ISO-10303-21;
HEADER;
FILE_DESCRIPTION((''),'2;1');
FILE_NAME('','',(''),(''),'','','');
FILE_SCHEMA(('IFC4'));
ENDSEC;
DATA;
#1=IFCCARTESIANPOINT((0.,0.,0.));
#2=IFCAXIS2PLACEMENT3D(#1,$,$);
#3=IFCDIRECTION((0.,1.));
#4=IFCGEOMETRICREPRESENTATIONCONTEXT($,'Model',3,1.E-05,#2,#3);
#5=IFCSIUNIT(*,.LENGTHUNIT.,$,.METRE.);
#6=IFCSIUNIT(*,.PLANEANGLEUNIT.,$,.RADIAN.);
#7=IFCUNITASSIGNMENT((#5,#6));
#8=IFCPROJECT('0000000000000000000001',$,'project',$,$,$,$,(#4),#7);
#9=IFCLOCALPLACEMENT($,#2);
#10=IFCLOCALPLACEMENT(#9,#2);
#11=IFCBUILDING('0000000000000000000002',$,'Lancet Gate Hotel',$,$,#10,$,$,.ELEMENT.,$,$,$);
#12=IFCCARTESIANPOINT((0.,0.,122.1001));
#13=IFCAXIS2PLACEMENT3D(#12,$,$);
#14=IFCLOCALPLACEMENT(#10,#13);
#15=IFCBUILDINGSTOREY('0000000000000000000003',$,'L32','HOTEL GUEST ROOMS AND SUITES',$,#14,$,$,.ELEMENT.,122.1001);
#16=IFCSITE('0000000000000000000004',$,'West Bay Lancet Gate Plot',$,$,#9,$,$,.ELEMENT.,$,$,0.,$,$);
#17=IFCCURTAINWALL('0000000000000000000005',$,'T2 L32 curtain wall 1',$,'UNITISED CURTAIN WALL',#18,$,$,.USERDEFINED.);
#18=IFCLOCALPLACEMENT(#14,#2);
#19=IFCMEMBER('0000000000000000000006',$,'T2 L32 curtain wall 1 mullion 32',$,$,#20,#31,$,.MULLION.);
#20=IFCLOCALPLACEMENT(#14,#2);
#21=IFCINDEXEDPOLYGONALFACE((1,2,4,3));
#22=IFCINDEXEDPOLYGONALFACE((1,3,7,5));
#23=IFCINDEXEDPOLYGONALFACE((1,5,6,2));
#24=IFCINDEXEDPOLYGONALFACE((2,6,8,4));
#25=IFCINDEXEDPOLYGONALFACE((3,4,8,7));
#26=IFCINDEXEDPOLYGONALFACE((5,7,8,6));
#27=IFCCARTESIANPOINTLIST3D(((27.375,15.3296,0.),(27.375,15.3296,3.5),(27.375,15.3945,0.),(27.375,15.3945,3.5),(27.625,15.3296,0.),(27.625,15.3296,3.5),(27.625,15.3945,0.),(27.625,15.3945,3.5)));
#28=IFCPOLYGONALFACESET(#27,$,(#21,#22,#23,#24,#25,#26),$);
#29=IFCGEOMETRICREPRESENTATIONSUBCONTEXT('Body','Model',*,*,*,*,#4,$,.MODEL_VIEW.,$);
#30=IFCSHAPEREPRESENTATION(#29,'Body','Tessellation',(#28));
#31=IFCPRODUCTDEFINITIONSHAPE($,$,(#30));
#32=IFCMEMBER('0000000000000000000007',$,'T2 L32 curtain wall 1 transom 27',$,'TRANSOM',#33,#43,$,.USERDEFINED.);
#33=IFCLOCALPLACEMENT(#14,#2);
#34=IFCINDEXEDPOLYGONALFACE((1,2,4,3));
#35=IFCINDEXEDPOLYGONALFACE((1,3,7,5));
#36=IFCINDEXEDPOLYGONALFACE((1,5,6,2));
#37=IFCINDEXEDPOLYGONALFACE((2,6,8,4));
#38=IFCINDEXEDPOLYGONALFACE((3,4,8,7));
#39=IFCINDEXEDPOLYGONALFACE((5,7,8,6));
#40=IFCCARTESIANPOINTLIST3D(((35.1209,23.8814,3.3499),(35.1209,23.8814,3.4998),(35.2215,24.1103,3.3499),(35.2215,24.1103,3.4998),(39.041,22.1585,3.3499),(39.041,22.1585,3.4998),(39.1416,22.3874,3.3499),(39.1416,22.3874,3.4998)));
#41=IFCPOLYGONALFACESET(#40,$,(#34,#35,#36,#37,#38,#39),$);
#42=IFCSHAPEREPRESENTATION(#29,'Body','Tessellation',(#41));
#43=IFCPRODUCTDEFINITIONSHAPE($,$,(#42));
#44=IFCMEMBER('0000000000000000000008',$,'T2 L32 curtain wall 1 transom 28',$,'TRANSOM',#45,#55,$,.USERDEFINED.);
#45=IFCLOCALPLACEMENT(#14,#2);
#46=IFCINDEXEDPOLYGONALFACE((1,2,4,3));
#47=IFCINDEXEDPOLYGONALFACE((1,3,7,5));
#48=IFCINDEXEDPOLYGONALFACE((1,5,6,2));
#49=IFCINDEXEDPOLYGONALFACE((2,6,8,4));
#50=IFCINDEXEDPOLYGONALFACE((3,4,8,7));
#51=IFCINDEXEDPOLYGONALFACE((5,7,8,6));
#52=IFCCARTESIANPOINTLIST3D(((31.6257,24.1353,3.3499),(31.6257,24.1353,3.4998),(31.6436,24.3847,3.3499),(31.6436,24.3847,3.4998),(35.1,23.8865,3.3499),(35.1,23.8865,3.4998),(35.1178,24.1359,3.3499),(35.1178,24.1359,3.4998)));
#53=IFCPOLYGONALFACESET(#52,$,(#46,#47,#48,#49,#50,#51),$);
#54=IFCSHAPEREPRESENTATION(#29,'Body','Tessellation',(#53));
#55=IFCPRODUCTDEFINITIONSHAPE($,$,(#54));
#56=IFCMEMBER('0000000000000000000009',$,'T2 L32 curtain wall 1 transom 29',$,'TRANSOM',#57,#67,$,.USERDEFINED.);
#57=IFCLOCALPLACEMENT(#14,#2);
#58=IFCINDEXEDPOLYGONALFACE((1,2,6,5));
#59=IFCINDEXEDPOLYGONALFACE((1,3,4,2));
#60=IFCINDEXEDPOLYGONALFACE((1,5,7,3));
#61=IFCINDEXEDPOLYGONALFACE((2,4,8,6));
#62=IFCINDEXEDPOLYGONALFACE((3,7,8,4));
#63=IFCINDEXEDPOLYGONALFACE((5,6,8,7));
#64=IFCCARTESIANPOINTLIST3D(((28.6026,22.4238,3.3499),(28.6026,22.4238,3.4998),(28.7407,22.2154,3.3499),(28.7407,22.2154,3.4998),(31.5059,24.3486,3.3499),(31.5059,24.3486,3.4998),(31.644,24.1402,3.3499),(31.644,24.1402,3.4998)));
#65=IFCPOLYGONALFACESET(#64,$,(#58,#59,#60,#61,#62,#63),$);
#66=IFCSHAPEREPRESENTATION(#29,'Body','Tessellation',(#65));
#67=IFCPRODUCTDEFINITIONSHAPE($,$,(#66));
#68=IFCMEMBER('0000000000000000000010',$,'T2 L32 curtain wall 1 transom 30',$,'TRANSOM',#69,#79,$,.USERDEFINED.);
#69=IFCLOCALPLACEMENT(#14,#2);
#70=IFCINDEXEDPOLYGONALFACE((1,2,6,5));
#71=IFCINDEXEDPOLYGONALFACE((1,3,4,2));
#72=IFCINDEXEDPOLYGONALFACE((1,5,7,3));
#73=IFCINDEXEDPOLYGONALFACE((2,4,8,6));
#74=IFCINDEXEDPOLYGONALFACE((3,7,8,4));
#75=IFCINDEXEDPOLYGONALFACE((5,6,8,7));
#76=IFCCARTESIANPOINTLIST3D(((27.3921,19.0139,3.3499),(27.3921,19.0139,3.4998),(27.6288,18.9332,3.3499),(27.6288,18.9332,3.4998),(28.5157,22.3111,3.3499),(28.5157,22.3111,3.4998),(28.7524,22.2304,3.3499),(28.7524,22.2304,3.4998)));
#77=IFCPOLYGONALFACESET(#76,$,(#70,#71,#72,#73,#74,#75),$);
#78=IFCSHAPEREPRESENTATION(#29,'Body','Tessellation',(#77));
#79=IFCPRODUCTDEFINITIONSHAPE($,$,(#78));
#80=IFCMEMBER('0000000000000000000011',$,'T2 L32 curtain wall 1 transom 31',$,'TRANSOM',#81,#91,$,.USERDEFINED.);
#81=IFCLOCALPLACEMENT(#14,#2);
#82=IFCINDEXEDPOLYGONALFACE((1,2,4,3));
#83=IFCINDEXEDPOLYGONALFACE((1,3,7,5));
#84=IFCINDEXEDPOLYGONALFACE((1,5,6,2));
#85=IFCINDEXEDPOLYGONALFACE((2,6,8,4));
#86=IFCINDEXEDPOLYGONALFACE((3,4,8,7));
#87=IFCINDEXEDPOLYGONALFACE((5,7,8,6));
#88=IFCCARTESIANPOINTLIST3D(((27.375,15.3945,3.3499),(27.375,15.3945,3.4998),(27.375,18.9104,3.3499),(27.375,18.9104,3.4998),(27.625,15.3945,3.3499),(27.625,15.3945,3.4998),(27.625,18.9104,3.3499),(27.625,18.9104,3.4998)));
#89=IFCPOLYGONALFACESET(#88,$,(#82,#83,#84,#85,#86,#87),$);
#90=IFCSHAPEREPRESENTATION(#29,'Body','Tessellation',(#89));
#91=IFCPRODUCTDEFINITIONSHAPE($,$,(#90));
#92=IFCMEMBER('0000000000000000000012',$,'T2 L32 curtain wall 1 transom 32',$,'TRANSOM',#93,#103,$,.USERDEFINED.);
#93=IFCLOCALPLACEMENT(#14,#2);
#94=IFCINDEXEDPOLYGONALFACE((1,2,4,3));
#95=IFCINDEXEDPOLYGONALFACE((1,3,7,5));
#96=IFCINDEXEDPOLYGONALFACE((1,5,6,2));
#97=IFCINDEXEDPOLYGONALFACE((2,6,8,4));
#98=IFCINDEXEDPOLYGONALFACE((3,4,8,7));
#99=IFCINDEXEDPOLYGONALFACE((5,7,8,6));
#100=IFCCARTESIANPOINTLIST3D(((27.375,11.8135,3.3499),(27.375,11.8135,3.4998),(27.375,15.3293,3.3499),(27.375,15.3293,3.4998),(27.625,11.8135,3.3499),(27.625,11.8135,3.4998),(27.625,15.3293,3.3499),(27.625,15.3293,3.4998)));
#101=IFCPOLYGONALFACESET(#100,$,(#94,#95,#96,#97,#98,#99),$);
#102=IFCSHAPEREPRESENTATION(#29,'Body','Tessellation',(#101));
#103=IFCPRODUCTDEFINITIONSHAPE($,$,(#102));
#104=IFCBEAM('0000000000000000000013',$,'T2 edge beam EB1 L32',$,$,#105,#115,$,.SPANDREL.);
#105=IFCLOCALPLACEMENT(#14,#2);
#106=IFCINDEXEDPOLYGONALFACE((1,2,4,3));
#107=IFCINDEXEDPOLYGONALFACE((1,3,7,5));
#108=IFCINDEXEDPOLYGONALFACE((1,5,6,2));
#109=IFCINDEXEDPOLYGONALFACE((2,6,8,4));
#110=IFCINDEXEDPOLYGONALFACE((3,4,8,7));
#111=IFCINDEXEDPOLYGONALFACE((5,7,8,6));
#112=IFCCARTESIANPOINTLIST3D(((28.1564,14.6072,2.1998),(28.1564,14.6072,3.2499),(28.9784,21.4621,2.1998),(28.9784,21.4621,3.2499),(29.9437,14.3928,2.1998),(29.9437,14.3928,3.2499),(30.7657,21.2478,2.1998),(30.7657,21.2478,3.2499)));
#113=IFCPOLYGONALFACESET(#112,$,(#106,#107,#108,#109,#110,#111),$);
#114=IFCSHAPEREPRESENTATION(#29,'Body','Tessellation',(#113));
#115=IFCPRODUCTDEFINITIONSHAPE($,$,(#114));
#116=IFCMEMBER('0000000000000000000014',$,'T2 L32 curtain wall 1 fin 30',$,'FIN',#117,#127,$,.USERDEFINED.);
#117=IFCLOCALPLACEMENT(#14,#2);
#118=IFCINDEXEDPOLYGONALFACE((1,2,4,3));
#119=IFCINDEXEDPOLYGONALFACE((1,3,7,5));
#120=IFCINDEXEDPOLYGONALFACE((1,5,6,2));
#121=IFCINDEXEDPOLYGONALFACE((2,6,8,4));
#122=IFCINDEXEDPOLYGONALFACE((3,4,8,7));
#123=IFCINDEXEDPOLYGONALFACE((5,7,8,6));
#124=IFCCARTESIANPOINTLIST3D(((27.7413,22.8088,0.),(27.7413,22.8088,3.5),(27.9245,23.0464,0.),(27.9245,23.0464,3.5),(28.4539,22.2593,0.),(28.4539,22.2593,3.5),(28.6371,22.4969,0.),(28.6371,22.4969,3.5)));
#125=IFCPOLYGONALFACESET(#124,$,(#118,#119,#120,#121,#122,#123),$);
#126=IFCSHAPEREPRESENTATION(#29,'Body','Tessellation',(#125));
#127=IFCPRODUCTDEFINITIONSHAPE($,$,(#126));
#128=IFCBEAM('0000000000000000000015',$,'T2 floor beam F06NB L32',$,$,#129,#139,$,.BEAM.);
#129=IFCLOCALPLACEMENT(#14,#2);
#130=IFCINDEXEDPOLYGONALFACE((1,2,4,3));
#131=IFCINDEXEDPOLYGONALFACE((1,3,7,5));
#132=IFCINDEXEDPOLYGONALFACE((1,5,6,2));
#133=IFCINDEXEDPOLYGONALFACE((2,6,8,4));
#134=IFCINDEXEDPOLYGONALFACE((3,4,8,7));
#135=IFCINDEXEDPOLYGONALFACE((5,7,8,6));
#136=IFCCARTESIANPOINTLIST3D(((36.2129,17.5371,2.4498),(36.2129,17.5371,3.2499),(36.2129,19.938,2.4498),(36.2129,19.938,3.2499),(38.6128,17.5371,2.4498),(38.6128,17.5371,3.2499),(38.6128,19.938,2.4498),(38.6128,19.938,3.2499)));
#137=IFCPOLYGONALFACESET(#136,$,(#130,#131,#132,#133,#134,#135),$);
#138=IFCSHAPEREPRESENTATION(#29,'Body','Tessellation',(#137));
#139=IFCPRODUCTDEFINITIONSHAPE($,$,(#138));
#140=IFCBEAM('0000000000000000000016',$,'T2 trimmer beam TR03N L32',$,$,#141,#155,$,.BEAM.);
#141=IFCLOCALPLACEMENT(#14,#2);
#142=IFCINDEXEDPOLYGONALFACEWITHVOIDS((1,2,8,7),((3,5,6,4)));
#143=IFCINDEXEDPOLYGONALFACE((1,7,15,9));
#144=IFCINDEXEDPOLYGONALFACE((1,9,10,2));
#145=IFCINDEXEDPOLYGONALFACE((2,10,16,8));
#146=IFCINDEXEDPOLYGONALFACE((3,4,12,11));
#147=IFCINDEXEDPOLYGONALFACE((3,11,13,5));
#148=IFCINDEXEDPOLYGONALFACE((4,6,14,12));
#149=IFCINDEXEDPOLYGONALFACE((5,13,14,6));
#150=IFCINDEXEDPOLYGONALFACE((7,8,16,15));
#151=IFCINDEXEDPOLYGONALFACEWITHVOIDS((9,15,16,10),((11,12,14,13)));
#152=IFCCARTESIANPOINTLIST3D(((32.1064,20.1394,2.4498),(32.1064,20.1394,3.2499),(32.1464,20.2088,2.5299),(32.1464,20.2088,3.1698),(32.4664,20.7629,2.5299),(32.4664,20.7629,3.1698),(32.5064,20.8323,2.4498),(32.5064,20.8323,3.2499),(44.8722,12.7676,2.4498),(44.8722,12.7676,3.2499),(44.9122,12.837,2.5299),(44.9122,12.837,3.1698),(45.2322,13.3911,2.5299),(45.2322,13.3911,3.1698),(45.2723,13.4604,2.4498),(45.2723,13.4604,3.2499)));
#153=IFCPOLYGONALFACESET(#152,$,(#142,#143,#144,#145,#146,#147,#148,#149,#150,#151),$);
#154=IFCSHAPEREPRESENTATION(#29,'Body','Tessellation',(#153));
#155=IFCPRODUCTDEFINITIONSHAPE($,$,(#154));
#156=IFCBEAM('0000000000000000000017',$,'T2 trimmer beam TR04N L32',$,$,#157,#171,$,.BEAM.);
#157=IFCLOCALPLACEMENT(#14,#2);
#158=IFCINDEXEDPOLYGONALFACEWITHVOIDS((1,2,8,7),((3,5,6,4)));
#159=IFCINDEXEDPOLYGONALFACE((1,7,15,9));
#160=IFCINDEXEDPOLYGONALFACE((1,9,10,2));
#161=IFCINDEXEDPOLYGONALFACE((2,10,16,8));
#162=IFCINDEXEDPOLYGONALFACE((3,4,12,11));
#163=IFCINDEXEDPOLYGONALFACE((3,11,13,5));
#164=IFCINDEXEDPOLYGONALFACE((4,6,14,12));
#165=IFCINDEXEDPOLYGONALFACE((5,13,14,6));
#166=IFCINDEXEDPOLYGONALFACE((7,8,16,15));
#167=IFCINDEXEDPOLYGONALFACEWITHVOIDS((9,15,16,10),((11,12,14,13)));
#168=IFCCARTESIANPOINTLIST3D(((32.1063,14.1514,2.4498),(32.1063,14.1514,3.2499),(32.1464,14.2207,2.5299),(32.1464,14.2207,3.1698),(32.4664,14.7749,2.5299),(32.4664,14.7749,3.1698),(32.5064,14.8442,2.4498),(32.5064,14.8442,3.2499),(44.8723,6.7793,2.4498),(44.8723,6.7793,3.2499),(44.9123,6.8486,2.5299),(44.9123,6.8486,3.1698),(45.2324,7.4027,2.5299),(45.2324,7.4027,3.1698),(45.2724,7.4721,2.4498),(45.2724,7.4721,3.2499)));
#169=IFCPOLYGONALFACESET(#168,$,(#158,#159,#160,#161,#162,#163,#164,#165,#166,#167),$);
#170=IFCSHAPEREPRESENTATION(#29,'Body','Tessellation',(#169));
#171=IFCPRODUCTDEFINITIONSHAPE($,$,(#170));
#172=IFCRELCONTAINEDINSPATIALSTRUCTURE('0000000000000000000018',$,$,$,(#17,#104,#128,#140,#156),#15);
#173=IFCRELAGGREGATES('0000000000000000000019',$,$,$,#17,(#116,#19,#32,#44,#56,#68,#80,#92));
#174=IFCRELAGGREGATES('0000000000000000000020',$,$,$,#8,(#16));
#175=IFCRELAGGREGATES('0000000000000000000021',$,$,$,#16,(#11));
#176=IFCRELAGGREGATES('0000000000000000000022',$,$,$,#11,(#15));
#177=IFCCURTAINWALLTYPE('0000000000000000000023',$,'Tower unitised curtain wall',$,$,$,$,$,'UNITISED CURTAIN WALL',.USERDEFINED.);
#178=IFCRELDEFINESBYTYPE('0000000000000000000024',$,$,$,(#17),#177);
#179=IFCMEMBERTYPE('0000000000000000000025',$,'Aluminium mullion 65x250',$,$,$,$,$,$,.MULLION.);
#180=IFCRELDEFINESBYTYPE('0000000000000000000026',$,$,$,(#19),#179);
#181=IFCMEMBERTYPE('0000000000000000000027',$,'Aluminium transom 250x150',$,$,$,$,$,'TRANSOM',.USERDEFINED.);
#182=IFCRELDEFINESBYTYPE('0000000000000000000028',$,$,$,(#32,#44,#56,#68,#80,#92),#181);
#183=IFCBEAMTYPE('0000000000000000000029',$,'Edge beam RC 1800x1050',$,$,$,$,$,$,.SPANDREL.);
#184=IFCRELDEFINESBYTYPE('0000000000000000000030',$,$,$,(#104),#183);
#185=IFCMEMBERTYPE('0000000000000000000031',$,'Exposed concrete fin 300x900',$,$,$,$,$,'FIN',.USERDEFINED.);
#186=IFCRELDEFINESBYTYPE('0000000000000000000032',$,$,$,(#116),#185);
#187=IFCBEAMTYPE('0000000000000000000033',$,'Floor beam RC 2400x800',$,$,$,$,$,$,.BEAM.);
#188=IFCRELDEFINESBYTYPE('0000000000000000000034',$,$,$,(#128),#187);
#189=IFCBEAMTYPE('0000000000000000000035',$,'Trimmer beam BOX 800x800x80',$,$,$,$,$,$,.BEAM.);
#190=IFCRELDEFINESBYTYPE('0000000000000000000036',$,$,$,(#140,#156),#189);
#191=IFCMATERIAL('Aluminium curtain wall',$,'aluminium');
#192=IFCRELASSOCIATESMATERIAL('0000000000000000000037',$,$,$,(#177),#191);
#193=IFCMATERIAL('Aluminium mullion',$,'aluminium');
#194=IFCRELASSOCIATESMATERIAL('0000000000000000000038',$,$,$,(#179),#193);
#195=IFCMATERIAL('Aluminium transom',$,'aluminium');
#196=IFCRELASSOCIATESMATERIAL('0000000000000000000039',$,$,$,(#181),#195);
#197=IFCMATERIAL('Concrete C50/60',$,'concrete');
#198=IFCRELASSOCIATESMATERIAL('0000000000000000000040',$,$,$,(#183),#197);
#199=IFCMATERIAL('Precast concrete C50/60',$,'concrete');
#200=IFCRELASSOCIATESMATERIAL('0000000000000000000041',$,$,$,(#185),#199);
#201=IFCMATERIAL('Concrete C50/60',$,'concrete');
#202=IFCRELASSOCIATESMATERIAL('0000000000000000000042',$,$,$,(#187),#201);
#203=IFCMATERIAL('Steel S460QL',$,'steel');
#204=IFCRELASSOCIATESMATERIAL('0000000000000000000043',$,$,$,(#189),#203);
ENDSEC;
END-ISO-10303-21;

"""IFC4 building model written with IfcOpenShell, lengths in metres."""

from ifc_helpers import new_model, si_unit, direction, frame, origin, origin_2d, place, context, subcontext, project, spatial, rectangle, hollow_rectangle, extrude, material, material_profile, profile_set, type_object, element, aggregate, save


model = new_model("IFC4")

# Units and contexts
model_context = context("Model", 3, precision=1e-05, world=origin(), true_north=direction((0.0, 1.0)))
body_context = subcontext(model_context, "Body", "Model", "MODEL_VIEW")
ifc_project = project(units=[si_unit("LENGTHUNIT", "METRE"), si_unit("PLANEANGLEUNIT", "RADIAN")], contexts=[model_context])

# Site, building, storey
site_placement = place(None, origin())
site = spatial("IfcSite", under=ifc_project, at=site_placement, Name="West Bay Lancet Gate Plot", CompositionType="ELEMENT", RefElevation=0.0)
building_placement = place(site_placement, origin())
building = spatial("IfcBuilding", under=site, at=building_placement, Name="Lancet Gate Hotel", CompositionType="ELEMENT")
storey_placement = place(building_placement, frame((0.0, 0.0, 122.1001)))
storey = spatial("IfcBuildingStorey", under=building, at=storey_placement, Name="L32", Description="HOTEL GUEST ROOMS AND SUITES", CompositionType="ELEMENT", Elevation=122.1001)

# Curtain wall, members
ifc_material_1 = material(Name="Aluminium curtain wall", Category="aluminium")
curtain_wall_type = type_object("IfcCurtainWallType", Name="Tower unitised curtain wall", ElementType="UNITISED CURTAIN WALL", PredefinedType="USERDEFINED", material=ifc_material_1)
curtain_wall_placement = place(storey_placement, origin())
curtain_wall = element("IfcCurtainWall", 1, at=curtain_wall_placement, inside=storey, type_object=curtain_wall_type, Name="T2 L32 curtain wall 1", ObjectType="UNITISED CURTAIN WALL", PredefinedType="USERDEFINED")
ifc_material_2 = material(Name="Aluminium mullion", Category="aluminium")
ifc_material_profile_1 = material_profile(ifc_material_2, rectangle(XDim=0.0649, YDim=0.25, at=origin_2d()), Name="MULLION 65x250")
ifc_profile_set_1 = profile_set([ifc_material_profile_1], Name="Aluminium mullion")
member_type_1 = type_object("IfcMemberType", Name="Aluminium mullion 65x250", PredefinedType="MULLION", material=ifc_profile_set_1)
member_1_placement = place(storey_placement, frame((27.5, 15.3621, 0.0), z_axis=(0.0, 0.0, 1.0), x_axis=(0.0, -1.0, 0.0)))
member_1 = element("IfcMember", 2, at=member_1_placement, type_object=member_type_1, Name="T2 L32 curtain wall 1 mullion 32", PredefinedType="MULLION", context=body_context, shape_type="SweptSolid", body=[
    extrude(rectangle(XDim=0.0649, YDim=0.25, at=origin_2d()), origin(), (0.0, 0.0, 1.0), 3.5),
])
ifc_material_3 = material(Name="Aluminium transom", Category="aluminium")
ifc_material_profile_2 = material_profile(ifc_material_3, rectangle(XDim=0.25, YDim=0.1499, at=origin_2d()), Name="TRANSOM 250x150")
ifc_profile_set_2 = profile_set([ifc_material_profile_2], Name="Aluminium transom")
member_type_2 = type_object("IfcMemberType", Name="Aluminium transom 250x150", ElementType="TRANSOM", PredefinedType="USERDEFINED", material=ifc_profile_set_2)
member_2_placement = place(storey_placement, frame((39.0913, 22.2729, 3.4248), z_axis=(-0.915485, 0.402353, 0.0), x_axis=(-0.402353, -0.915485, 0.0)))
member_2 = element("IfcMember", 3, at=member_2_placement, type_object=member_type_2, Name="T2 L32 curtain wall 1 transom 27", ObjectType="TRANSOM", PredefinedType="USERDEFINED", context=body_context, shape_type="SweptSolid", body=[
    extrude(rectangle(XDim=0.25, YDim=0.1499, at=origin_2d()), origin(), (0.0, 0.0, 1.0), 4.282),
])
member_3_placement = place(storey_placement, frame((35.1089, 24.0112, 3.4248), z_axis=(-0.997446, 0.071421, 0.0), x_axis=(-0.071421, -0.997446, 0.0)))
member_3 = element("IfcMember", 4, at=member_3_placement, type_object=member_type_2, Name="T2 L32 curtain wall 1 transom 28", ObjectType="TRANSOM", PredefinedType="USERDEFINED", context=body_context, shape_type="SweptSolid", body=[
    extrude(rectangle(XDim=0.25, YDim=0.1499, at=origin_2d()), origin(), (0.0, 0.0, 1.0), 3.4832),
])
member_4_placement = place(storey_placement, frame((31.575, 24.2444, 3.4248), z_axis=(-0.833471, -0.552563, 0.0), x_axis=(0.552563, -0.833471, 0.0)))
member_4 = element("IfcMember", 5, at=member_4_placement, type_object=member_type_2, Name="T2 L32 curtain wall 1 transom 29", ObjectType="TRANSOM", PredefinedType="USERDEFINED", context=body_context, shape_type="SweptSolid", body=[
    extrude(rectangle(XDim=0.25, YDim=0.1499, at=origin_2d()), origin(), (0.0, 0.0, 1.0), 3.4834),
])
member_5_placement = place(storey_placement, frame((28.634, 22.2708, 3.4248), z_axis=(-0.32255, -0.946553, 0.0), x_axis=(0.946553, -0.32255, 0.0)))
member_5 = element("IfcMember", 6, at=member_5_placement, type_object=member_type_2, Name="T2 L32 curtain wall 1 transom 30", ObjectType="TRANSOM", PredefinedType="USERDEFINED", context=body_context, shape_type="SweptSolid", body=[
    extrude(rectangle(XDim=0.25, YDim=0.1499, at=origin_2d()), origin(), (0.0, 0.0, 1.0), 3.4834),
])
member_6_placement = place(storey_placement, frame((27.5, 18.9104, 3.4248), z_axis=(0.0, -1.0, 0.0), x_axis=(1.0, 0.0, 0.0)))
member_6 = element("IfcMember", 7, at=member_6_placement, type_object=member_type_2, Name="T2 L32 curtain wall 1 transom 31", ObjectType="TRANSOM", PredefinedType="USERDEFINED", context=body_context, shape_type="SweptSolid", body=[
    extrude(rectangle(XDim=0.25, YDim=0.1499, at=origin_2d()), origin(), (0.0, 0.0, 1.0), 3.5159),
])
member_7_placement = place(storey_placement, frame((27.5, 15.3293, 3.4248), z_axis=(0.0, -1.0, 0.0), x_axis=(1.0, 0.0, 0.0)))
member_7 = element("IfcMember", 8, at=member_7_placement, type_object=member_type_2, Name="T2 L32 curtain wall 1 transom 32", ObjectType="TRANSOM", PredefinedType="USERDEFINED", context=body_context, shape_type="SweptSolid", body=[
    extrude(rectangle(XDim=0.25, YDim=0.1499, at=origin_2d()), origin(), (0.0, 0.0, 1.0), 3.5159),
])

# Beam
ifc_material_4 = material(Name="Concrete C50/60", Category="concrete")
ifc_material_profile_3 = material_profile(ifc_material_4, rectangle(XDim=1.8, YDim=1.05, at=origin_2d()), Name="RC 1800x1050")
ifc_profile_set_3 = profile_set([ifc_material_profile_3], Name="Concrete C50/60")
beam_type_1 = type_object("IfcBeamType", Name="Edge beam RC 1800x1050", PredefinedType="SPANDREL", material=ifc_profile_set_3)
beam_1_placement = place(storey_placement, frame((29.05, 14.5, 2.7249), z_axis=(0.119063, 0.992887, 0.0), x_axis=(-0.992887, 0.119063, 0.0)))
element("IfcBeam", 9, at=beam_1_placement, inside=storey, type_object=beam_type_1, Name="T2 edge beam EB1 L32", PredefinedType="SPANDREL", context=body_context, shape_type="SweptSolid", body=[
    extrude(rectangle(XDim=1.8, YDim=1.05, at=origin_2d()), origin(), (0.0, 0.0, 1.0), 6.9041),
])

# Member
ifc_material_5 = material(Name="Precast concrete C50/60", Category="concrete")
ifc_material_profile_4 = material_profile(ifc_material_5, rectangle(XDim=0.3, YDim=0.8999, at=origin_2d()), Name="FIN 300x900")
ifc_profile_set_4 = profile_set([ifc_material_profile_4], Name="Precast concrete C50/60")
member_type_3 = type_object("IfcMemberType", Name="Exposed concrete fin 300x900", ElementType="FIN", PredefinedType="USERDEFINED", material=ifc_profile_set_4)
member_8_placement = place(storey_placement, frame((28.1892, 22.6528, 0.0), z_axis=(0.0, 0.0, 1.0), x_axis=(-0.610664, -0.79189, 0.0)))
member_8 = element("IfcMember", 10, at=member_8_placement, type_object=member_type_3, Name="T2 L32 curtain wall 1 fin 30", ObjectType="FIN", PredefinedType="USERDEFINED", context=body_context, shape_type="SweptSolid", body=[
    extrude(rectangle(XDim=0.3, YDim=0.8999, at=origin_2d()), origin(), (0.0, 0.0, 1.0), 3.5),
])

# Beams
ifc_material_6 = material(Name="Concrete C50/60", Category="concrete")
ifc_material_profile_5 = material_profile(ifc_material_6, rectangle(XDim=2.3999, YDim=0.8, at=origin_2d()), Name="RC 2400x800")
ifc_profile_set_5 = profile_set([ifc_material_profile_5], Name="Concrete C50/60")
beam_type_2 = type_object("IfcBeamType", Name="Floor beam RC 2400x800", PredefinedType="BEAM", material=ifc_profile_set_5)
beam_2_placement = place(storey_placement, frame((37.4128, 17.5371, 2.8499), z_axis=(0.0, 1.0, 0.0), x_axis=(-1.0, 0.0, 0.0)))
element("IfcBeam", 11, at=beam_2_placement, inside=storey, type_object=beam_type_2, Name="T2 floor beam F06NB L32", PredefinedType="BEAM", context=body_context, shape_type="SweptSolid", body=[
    extrude(rectangle(XDim=2.3999, YDim=0.8, at=origin_2d()), origin(), (0.0, 0.0, 1.0), 2.4009),
])
ifc_material_7 = material(Name="Steel S460QL", Category="steel")
ifc_material_profile_6 = material_profile(ifc_material_7, hollow_rectangle(XDim=0.8, YDim=0.8, WallThickness=0.0801, at=origin_2d()), Name="BOX 800x800x80")
ifc_profile_set_6 = profile_set([ifc_material_profile_6], Name="Steel S460QL")
beam_type_3 = type_object("IfcBeamType", Name="Trimmer beam BOX 800x800x80", PredefinedType="BEAM", material=ifc_profile_set_6)
beam_3_placement = place(storey_placement, frame((32.3064, 20.4858, 2.8499), z_axis=(0.865983, -0.500074, 0.0), x_axis=(0.500074, 0.865983, 0.0)))
element("IfcBeam", 12, at=beam_3_placement, inside=storey, type_object=beam_type_3, Name="T2 trimmer beam TR03N L32", PredefinedType="BEAM", context=body_context, shape_type="SweptSolid", body=[
    extrude(hollow_rectangle(XDim=0.8, YDim=0.8, WallThickness=0.0801, at=origin_2d()), origin(), (0.0, 0.0, 1.0), 14.7415),
])
beam_4_placement = place(storey_placement, frame((32.3064, 14.4978, 2.8499), z_axis=(0.865976, -0.500086, 0.0), x_axis=(0.500086, 0.865976, 0.0)))
element("IfcBeam", 13, at=beam_4_placement, inside=storey, type_object=beam_type_3, Name="T2 trimmer beam TR04N L32", PredefinedType="BEAM", context=body_context, shape_type="SweptSolid", body=[
    extrude(hollow_rectangle(XDim=0.8, YDim=0.8, WallThickness=0.0801, at=origin_2d()), origin(), (0.0, 0.0, 1.0), 14.7417),
])

aggregate(curtain_wall, [member_8, member_1, member_2, member_3, member_4, member_5, member_6, member_7])

save(model, "model.ifc")
